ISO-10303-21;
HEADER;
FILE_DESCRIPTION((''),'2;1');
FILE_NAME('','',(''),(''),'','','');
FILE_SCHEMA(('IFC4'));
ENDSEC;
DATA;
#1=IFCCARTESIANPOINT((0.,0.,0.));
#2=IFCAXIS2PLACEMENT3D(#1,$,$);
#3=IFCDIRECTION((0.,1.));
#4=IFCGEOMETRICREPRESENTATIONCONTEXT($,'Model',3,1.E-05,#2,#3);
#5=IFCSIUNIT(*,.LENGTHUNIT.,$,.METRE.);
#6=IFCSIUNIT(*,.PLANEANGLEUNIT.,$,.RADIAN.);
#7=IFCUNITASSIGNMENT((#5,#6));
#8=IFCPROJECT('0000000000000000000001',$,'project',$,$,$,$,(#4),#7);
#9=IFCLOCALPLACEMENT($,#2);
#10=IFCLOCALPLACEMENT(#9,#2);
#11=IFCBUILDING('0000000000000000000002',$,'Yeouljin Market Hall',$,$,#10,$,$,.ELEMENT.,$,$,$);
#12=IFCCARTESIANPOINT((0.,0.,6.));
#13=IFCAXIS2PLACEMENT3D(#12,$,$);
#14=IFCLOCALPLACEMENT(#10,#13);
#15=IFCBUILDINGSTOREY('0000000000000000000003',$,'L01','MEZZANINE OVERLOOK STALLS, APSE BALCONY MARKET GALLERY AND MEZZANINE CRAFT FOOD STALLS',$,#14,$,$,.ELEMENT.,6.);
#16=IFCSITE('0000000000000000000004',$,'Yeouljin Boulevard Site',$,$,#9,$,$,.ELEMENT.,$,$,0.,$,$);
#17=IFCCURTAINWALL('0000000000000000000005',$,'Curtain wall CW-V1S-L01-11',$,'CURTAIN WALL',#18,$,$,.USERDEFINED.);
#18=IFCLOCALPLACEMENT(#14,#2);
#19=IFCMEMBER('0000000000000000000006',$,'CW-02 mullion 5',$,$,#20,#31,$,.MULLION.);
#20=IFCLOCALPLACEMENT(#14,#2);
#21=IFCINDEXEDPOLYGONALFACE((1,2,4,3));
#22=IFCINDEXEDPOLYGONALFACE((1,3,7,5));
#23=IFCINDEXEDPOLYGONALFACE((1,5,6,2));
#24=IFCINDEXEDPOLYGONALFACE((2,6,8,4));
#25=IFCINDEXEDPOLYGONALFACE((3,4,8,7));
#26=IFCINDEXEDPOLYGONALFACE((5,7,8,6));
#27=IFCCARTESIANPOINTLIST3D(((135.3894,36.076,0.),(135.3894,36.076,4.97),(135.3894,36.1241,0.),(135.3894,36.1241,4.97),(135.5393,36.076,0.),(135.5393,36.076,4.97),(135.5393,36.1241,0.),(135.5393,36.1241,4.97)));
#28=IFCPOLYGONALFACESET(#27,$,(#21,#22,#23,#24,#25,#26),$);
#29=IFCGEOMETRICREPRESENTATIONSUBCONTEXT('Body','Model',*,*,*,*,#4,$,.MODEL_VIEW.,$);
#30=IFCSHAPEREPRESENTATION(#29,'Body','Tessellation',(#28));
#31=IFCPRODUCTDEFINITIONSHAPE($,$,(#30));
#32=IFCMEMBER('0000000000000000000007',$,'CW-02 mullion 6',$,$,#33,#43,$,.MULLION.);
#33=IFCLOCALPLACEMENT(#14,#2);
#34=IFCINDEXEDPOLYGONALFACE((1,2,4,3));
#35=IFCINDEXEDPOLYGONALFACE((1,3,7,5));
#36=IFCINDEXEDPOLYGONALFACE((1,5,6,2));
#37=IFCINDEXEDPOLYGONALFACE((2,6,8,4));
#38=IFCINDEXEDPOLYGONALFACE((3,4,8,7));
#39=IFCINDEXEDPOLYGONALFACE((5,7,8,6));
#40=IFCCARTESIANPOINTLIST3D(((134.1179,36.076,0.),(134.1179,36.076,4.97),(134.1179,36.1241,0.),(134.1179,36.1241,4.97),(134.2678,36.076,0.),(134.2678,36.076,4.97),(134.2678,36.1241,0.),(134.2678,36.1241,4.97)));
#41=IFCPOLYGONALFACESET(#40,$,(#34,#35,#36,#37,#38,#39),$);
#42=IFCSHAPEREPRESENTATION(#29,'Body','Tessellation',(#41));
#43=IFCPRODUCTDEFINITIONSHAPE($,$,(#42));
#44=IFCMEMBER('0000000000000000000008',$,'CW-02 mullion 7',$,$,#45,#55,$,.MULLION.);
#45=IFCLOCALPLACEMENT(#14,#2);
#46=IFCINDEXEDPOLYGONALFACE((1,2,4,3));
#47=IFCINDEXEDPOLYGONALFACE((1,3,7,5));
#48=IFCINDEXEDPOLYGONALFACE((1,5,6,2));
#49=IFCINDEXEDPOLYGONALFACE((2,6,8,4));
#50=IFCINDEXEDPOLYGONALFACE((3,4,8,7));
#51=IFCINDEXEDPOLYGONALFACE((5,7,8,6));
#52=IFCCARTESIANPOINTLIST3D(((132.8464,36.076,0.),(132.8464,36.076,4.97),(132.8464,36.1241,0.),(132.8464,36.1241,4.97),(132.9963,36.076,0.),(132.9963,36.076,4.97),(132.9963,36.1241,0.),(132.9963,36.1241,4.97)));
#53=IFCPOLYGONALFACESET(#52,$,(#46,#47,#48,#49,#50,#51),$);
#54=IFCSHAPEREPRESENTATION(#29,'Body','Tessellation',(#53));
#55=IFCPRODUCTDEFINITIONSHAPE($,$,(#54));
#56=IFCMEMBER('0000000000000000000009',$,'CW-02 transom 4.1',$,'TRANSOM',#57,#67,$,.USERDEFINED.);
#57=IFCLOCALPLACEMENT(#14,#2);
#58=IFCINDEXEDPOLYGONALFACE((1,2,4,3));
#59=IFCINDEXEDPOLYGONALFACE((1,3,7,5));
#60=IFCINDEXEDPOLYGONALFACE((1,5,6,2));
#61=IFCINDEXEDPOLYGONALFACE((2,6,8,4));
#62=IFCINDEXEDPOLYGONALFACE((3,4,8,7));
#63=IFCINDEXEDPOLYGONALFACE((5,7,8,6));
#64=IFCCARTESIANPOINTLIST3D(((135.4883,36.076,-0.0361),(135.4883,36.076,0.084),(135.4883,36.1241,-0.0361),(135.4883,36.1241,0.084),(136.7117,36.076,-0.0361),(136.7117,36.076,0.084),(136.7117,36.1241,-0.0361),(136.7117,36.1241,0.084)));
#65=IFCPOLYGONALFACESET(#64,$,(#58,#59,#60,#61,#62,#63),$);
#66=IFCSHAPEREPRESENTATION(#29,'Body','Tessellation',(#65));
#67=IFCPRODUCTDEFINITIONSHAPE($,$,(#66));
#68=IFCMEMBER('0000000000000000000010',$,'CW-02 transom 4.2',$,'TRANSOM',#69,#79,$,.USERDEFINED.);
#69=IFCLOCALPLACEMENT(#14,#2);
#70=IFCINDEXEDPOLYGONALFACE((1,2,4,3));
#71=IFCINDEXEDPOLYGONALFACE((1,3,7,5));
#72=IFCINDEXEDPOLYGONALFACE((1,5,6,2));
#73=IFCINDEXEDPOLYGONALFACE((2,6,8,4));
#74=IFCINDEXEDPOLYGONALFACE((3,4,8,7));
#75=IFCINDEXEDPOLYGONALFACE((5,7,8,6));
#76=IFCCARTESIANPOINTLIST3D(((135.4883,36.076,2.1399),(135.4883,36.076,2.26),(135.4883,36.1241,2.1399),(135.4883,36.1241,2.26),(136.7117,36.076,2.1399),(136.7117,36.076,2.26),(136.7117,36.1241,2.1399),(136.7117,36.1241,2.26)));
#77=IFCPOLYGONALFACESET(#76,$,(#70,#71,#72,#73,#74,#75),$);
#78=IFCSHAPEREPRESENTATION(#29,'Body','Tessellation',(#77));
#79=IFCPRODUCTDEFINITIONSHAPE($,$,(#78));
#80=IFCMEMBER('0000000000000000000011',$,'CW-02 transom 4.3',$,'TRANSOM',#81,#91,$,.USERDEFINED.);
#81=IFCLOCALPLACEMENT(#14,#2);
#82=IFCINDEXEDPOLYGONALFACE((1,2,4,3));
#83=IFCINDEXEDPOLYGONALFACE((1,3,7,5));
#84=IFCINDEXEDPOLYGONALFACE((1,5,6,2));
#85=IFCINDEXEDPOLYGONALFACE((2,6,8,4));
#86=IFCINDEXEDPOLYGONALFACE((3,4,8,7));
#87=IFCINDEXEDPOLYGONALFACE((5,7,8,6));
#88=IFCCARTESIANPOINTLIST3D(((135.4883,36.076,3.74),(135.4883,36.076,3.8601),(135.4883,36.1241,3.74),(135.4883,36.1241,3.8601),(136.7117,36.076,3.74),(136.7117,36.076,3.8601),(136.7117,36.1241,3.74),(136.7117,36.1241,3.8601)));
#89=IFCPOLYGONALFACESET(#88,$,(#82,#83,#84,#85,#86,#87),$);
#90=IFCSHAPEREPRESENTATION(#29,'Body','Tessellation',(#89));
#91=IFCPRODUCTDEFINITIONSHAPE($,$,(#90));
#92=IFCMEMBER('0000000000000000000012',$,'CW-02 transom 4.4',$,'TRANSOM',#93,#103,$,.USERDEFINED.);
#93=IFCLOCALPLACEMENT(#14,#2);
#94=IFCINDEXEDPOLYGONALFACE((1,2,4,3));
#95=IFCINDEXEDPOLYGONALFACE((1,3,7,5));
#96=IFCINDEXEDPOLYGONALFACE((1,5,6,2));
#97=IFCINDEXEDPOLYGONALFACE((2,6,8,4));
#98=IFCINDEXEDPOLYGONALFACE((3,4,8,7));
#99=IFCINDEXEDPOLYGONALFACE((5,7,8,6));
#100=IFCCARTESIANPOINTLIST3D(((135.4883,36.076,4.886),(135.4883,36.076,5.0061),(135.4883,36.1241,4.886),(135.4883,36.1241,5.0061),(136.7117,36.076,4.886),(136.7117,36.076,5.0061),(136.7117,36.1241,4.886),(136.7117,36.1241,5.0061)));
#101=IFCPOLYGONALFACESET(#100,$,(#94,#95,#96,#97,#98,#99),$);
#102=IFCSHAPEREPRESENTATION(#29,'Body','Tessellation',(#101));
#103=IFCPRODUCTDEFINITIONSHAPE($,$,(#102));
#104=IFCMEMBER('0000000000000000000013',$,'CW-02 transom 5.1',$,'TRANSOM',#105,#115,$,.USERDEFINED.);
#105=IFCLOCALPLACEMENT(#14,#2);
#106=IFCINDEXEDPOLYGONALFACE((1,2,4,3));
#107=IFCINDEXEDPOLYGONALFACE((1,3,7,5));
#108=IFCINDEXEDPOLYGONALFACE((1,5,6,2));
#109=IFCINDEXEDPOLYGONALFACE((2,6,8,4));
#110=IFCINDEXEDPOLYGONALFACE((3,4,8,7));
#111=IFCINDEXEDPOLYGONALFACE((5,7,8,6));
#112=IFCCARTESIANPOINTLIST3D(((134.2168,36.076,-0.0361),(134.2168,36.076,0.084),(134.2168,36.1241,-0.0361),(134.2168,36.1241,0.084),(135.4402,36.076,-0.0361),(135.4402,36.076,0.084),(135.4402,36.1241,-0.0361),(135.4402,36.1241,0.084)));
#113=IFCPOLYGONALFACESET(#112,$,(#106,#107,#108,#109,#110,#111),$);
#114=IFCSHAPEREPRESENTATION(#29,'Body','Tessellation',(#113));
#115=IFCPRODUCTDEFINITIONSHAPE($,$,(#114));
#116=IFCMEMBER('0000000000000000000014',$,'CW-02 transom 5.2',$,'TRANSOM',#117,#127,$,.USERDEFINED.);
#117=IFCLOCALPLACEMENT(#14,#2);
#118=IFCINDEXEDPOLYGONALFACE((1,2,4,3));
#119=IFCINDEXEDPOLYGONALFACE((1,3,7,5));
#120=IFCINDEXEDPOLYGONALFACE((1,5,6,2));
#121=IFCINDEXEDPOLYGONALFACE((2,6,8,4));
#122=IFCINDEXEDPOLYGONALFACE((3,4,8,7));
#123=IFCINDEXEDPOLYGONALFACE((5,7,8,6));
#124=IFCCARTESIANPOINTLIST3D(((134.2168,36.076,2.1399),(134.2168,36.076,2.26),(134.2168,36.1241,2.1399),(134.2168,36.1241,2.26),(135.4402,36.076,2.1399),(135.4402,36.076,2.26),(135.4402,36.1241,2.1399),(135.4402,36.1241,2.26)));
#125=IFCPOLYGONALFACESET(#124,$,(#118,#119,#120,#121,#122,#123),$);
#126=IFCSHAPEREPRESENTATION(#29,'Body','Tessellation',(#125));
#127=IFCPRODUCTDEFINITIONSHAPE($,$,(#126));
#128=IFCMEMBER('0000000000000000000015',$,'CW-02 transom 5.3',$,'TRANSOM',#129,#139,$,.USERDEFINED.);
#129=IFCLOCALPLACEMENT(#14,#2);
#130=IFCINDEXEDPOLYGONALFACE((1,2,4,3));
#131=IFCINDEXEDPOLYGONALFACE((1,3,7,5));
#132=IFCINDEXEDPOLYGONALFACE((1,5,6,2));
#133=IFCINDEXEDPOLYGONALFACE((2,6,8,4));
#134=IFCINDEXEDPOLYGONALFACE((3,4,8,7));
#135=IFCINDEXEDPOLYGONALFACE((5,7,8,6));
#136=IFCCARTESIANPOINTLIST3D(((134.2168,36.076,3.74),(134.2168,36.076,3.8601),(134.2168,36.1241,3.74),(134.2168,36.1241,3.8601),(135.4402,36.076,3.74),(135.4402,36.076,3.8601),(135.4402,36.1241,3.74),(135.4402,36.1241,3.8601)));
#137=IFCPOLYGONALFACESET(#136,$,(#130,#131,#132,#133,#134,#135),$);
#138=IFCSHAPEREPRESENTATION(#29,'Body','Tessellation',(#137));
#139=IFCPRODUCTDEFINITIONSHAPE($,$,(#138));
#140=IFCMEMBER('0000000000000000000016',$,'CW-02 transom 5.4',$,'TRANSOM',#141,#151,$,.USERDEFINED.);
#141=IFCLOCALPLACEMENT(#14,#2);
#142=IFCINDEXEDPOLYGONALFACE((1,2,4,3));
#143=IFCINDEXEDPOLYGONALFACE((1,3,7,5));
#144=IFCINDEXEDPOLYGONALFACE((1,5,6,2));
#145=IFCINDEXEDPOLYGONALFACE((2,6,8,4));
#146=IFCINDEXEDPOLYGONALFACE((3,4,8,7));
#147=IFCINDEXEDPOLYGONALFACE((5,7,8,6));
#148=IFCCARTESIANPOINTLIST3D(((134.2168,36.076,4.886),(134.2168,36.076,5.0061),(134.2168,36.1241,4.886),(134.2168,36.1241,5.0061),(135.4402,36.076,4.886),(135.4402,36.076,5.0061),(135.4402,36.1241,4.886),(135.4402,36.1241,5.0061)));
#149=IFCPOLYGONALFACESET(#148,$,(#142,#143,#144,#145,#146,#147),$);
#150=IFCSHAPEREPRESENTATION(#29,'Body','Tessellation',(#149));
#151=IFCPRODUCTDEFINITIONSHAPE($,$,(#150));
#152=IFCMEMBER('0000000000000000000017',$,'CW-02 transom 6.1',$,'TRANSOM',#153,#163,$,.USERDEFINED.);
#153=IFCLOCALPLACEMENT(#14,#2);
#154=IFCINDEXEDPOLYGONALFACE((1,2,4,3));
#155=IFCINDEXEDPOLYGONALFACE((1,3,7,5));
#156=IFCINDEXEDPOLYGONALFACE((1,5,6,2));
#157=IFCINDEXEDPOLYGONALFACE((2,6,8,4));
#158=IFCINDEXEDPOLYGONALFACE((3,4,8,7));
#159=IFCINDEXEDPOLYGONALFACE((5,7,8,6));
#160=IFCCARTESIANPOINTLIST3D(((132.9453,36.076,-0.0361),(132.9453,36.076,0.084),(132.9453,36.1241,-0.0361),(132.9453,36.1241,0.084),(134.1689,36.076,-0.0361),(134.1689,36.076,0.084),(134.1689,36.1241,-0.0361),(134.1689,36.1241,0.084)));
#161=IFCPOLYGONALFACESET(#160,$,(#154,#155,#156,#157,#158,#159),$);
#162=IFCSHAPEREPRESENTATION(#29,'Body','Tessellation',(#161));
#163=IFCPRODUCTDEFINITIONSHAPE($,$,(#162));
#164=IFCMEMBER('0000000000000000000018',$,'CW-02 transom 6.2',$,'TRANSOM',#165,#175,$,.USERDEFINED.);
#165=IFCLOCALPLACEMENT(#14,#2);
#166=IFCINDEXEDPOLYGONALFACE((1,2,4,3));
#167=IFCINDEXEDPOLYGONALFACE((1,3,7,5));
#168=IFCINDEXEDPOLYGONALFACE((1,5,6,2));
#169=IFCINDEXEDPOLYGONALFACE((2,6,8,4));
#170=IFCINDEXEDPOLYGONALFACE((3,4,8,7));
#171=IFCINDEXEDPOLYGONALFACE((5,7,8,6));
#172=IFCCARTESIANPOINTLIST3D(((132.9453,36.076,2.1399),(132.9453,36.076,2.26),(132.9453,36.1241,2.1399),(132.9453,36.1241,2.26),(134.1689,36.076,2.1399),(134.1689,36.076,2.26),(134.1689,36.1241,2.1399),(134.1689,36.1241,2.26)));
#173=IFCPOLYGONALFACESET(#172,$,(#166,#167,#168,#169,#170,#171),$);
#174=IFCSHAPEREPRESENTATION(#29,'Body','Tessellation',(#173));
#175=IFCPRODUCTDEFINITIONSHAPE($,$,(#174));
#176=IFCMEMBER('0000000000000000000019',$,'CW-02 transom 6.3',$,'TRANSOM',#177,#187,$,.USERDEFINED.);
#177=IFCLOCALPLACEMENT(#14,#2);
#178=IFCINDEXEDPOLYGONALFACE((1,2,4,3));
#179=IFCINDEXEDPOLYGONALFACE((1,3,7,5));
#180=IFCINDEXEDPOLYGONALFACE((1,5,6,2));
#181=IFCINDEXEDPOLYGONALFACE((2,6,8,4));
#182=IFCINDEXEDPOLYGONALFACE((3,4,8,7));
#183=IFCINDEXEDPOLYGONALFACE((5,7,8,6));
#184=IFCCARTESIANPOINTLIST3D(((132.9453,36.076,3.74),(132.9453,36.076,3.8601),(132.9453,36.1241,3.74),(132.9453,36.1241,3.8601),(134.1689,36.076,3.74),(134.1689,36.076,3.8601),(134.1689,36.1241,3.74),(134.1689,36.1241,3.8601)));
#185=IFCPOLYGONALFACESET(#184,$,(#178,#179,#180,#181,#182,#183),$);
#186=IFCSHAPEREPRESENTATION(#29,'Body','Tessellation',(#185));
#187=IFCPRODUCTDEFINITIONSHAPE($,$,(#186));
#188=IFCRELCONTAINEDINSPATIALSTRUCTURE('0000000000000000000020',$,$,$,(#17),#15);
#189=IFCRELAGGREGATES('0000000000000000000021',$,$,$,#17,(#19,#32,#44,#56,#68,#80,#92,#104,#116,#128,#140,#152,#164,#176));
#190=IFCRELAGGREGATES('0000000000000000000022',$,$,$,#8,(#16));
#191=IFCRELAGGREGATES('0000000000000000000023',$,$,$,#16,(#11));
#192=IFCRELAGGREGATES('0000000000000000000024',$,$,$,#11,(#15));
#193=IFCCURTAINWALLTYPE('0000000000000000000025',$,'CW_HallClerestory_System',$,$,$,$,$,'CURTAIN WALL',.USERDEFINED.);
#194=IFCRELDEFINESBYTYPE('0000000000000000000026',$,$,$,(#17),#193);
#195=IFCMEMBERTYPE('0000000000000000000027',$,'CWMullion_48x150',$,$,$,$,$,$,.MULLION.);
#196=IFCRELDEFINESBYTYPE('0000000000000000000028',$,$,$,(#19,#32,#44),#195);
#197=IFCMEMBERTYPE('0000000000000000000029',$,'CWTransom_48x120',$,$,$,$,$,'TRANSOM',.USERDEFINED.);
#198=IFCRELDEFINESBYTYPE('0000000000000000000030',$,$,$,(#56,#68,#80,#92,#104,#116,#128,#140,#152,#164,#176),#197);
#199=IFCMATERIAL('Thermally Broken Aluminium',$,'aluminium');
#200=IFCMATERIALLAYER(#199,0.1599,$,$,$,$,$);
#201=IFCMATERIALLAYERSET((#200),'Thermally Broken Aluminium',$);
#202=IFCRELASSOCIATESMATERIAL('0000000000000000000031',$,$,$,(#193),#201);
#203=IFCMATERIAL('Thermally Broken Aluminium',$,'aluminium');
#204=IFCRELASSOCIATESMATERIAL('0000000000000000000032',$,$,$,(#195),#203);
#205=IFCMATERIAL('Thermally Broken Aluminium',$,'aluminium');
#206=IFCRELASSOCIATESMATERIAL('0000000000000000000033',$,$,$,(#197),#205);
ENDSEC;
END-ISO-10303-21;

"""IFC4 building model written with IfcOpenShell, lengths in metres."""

from ifc_helpers import new_model, si_unit, direction, frame, origin, origin_2d, place, context, subcontext, project, spatial, rectangle, extrude, material, layer, layer_set, material_profile, profile_set, type_object, element, aggregate, save


model = new_model("IFC4")

# Units and contexts
model_context = context("Model", 3, precision=1e-05, world=origin(), true_north=direction((0.0, 1.0)))
body_context = subcontext(model_context, "Body", "Model", "MODEL_VIEW")
ifc_project = project(units=[si_unit("LENGTHUNIT", "METRE"), si_unit("PLANEANGLEUNIT", "RADIAN")], contexts=[model_context])

# Site, building, storey
site_placement = place(None, origin())
site = spatial("IfcSite", under=ifc_project, at=site_placement, Name="Yeouljin Boulevard Site", CompositionType="ELEMENT", RefElevation=0.0)
building_placement = place(site_placement, origin())
building = spatial("IfcBuilding", under=site, at=building_placement, Name="Yeouljin Market Hall", CompositionType="ELEMENT")
storey_placement = place(building_placement, frame((0.0, 0.0, 6.0)))
storey = spatial("IfcBuildingStorey", under=building, at=storey_placement, Name="L01", Description="MEZZANINE OVERLOOK STALLS, APSE BALCONY MARKET GALLERY AND MEZZANINE CRAFT FOOD STALLS", CompositionType="ELEMENT", Elevation=6.0)

# Curtain wall, members
ifc_material_1 = material(Name="Thermally Broken Aluminium", Category="aluminium")
ifc_layer_1 = layer(ifc_material_1, 0.1599)
ifc_layer_set_1 = layer_set([ifc_layer_1], Name="Thermally Broken Aluminium")
curtain_wall_type = type_object("IfcCurtainWallType", Name="CW_HallClerestory_System", ElementType="CURTAIN WALL", PredefinedType="USERDEFINED", material=ifc_layer_set_1)
curtain_wall_placement = place(storey_placement, origin())
curtain_wall = element("IfcCurtainWall", 1, at=curtain_wall_placement, inside=storey, type_object=curtain_wall_type, Name="Curtain wall CW-V1S-L01-11", ObjectType="CURTAIN WALL", PredefinedType="USERDEFINED")
ifc_material_2 = material(Name="Thermally Broken Aluminium", Category="aluminium")
ifc_material_profile_1 = material_profile(ifc_material_2, rectangle(XDim=0.0481, YDim=0.1499, at=origin_2d()), Name="CW-MULL-48x150")
ifc_profile_set_1 = profile_set([ifc_material_profile_1], Name="Thermally Broken Aluminium")
member_type_1 = type_object("IfcMemberType", Name="CWMullion_48x150", PredefinedType="MULLION", material=ifc_profile_set_1)
member_1_placement = place(storey_placement, frame((135.4644, 36.1001, 0.0), z_axis=(0.0, 0.0, 1.0), x_axis=(0.0, -1.0, 0.0)))
member_1 = element("IfcMember", 2, at=member_1_placement, type_object=member_type_1, Name="CW-02 mullion 5", PredefinedType="MULLION", context=body_context, shape_type="SweptSolid", body=[
    extrude(rectangle(XDim=0.0481, YDim=0.1499, at=origin_2d()), origin(), (0.0, 0.0, 1.0), 4.97),
])
member_2_placement = place(storey_placement, frame((134.1929, 36.1001, 0.0), z_axis=(0.0, 0.0, 1.0), x_axis=(0.0, -1.0, 0.0)))
member_2 = element("IfcMember", 3, at=member_2_placement, type_object=member_type_1, Name="CW-02 mullion 6", PredefinedType="MULLION", context=body_context, shape_type="SweptSolid", body=[
    extrude(rectangle(XDim=0.0481, YDim=0.1499, at=origin_2d()), origin(), (0.0, 0.0, 1.0), 4.97),
])
member_3_placement = place(storey_placement, frame((132.9214, 36.1001, 0.0), z_axis=(0.0, 0.0, 1.0), x_axis=(0.0, -1.0, 0.0)))
member_3 = element("IfcMember", 4, at=member_3_placement, type_object=member_type_1, Name="CW-02 mullion 7", PredefinedType="MULLION", context=body_context, shape_type="SweptSolid", body=[
    extrude(rectangle(XDim=0.0481, YDim=0.1499, at=origin_2d()), origin(), (0.0, 0.0, 1.0), 4.97),
])
ifc_material_3 = material(Name="Thermally Broken Aluminium", Category="aluminium")
ifc_material_profile_2 = material_profile(ifc_material_3, rectangle(XDim=0.0481, YDim=0.1201, at=origin_2d()), Name="CW-TRAN-48x120")
ifc_profile_set_2 = profile_set([ifc_material_profile_2], Name="Thermally Broken Aluminium")
member_type_2 = type_object("IfcMemberType", Name="CWTransom_48x120", ElementType="TRANSOM", PredefinedType="USERDEFINED", material=ifc_profile_set_2)
member_4_placement = place(storey_placement, frame((136.7117, 36.1001, 0.0239), z_axis=(-1.0, 0.0, 0.0), x_axis=(0.0, -1.0, 0.0)))
member_4 = element("IfcMember", 5, at=member_4_placement, type_object=member_type_2, Name="CW-02 transom 4.1", ObjectType="TRANSOM", PredefinedType="USERDEFINED", context=body_context, shape_type="SweptSolid", body=[
    extrude(rectangle(XDim=0.0481, YDim=0.1201, at=origin_2d()), origin(), (0.0, 0.0, 1.0), 1.2234),
])
member_5_placement = place(storey_placement, frame((136.7117, 36.1001, 2.2), z_axis=(-1.0, 0.0, 0.0), x_axis=(0.0, -1.0, 0.0)))
member_5 = element("IfcMember", 6, at=member_5_placement, type_object=member_type_2, Name="CW-02 transom 4.2", ObjectType="TRANSOM", PredefinedType="USERDEFINED", context=body_context, shape_type="SweptSolid", body=[
    extrude(rectangle(XDim=0.0481, YDim=0.1201, at=origin_2d()), origin(), (0.0, 0.0, 1.0), 1.2234),
])
member_6_placement = place(storey_placement, frame((136.7117, 36.1001, 3.8), z_axis=(-1.0, 0.0, 0.0), x_axis=(0.0, -1.0, 0.0)))
member_6 = element("IfcMember", 7, at=member_6_placement, type_object=member_type_2, Name="CW-02 transom 4.3", ObjectType="TRANSOM", PredefinedType="USERDEFINED", context=body_context, shape_type="SweptSolid", body=[
    extrude(rectangle(XDim=0.0481, YDim=0.1201, at=origin_2d()), origin(), (0.0, 0.0, 1.0), 1.2234),
])
member_7_placement = place(storey_placement, frame((136.7117, 36.1001, 4.946), z_axis=(-1.0, 0.0, 0.0), x_axis=(0.0, -1.0, 0.0)))
member_7 = element("IfcMember", 8, at=member_7_placement, type_object=member_type_2, Name="CW-02 transom 4.4", ObjectType="TRANSOM", PredefinedType="USERDEFINED", context=body_context, shape_type="SweptSolid", body=[
    extrude(rectangle(XDim=0.0481, YDim=0.1201, at=origin_2d()), origin(), (0.0, 0.0, 1.0), 1.2234),
])
member_8_placement = place(storey_placement, frame((135.4402, 36.1001, 0.0239), z_axis=(-1.0, 0.0, 0.0), x_axis=(0.0, -1.0, 0.0)))
member_8 = element("IfcMember", 9, at=member_8_placement, type_object=member_type_2, Name="CW-02 transom 5.1", ObjectType="TRANSOM", PredefinedType="USERDEFINED", context=body_context, shape_type="SweptSolid", body=[
    extrude(rectangle(XDim=0.0481, YDim=0.1201, at=origin_2d()), origin(), (0.0, 0.0, 1.0), 1.2234),
])
member_9_placement = place(storey_placement, frame((135.4402, 36.1001, 2.2), z_axis=(-1.0, 0.0, 0.0), x_axis=(0.0, -1.0, 0.0)))
member_9 = element("IfcMember", 10, at=member_9_placement, type_object=member_type_2, Name="CW-02 transom 5.2", ObjectType="TRANSOM", PredefinedType="USERDEFINED", context=body_context, shape_type="SweptSolid", body=[
    extrude(rectangle(XDim=0.0481, YDim=0.1201, at=origin_2d()), origin(), (0.0, 0.0, 1.0), 1.2234),
])
member_10_placement = place(storey_placement, frame((135.4402, 36.1001, 3.8), z_axis=(-1.0, 0.0, 0.0), x_axis=(0.0, -1.0, 0.0)))
member_10 = element("IfcMember", 11, at=member_10_placement, type_object=member_type_2, Name="CW-02 transom 5.3", ObjectType="TRANSOM", PredefinedType="USERDEFINED", context=body_context, shape_type="SweptSolid", body=[
    extrude(rectangle(XDim=0.0481, YDim=0.1201, at=origin_2d()), origin(), (0.0, 0.0, 1.0), 1.2234),
])
member_11_placement = place(storey_placement, frame((135.4402, 36.1001, 4.946), z_axis=(-1.0, 0.0, 0.0), x_axis=(0.0, -1.0, 0.0)))
member_11 = element("IfcMember", 12, at=member_11_placement, type_object=member_type_2, Name="CW-02 transom 5.4", ObjectType="TRANSOM", PredefinedType="USERDEFINED", context=body_context, shape_type="SweptSolid", body=[
    extrude(rectangle(XDim=0.0481, YDim=0.1201, at=origin_2d()), origin(), (0.0, 0.0, 1.0), 1.2234),
])
member_12_placement = place(storey_placement, frame((134.1689, 36.1001, 0.0239), z_axis=(-1.0, 0.0, 0.0), x_axis=(0.0, -1.0, 0.0)))
member_12 = element("IfcMember", 13, at=member_12_placement, type_object=member_type_2, Name="CW-02 transom 6.1", ObjectType="TRANSOM", PredefinedType="USERDEFINED", context=body_context, shape_type="SweptSolid", body=[
    extrude(rectangle(XDim=0.0481, YDim=0.1201, at=origin_2d()), origin(), (0.0, 0.0, 1.0), 1.2236),
])
member_13_placement = place(storey_placement, frame((134.1689, 36.1001, 2.2), z_axis=(-1.0, 0.0, 0.0), x_axis=(0.0, -1.0, 0.0)))
member_13 = element("IfcMember", 14, at=member_13_placement, type_object=member_type_2, Name="CW-02 transom 6.2", ObjectType="TRANSOM", PredefinedType="USERDEFINED", context=body_context, shape_type="SweptSolid", body=[
    extrude(rectangle(XDim=0.0481, YDim=0.1201, at=origin_2d()), origin(), (0.0, 0.0, 1.0), 1.2236),
])
member_14_placement = place(storey_placement, frame((134.1689, 36.1001, 3.8), z_axis=(-1.0, 0.0, 0.0), x_axis=(0.0, -1.0, 0.0)))
member_14 = element("IfcMember", 15, at=member_14_placement, type_object=member_type_2, Name="CW-02 transom 6.3", ObjectType="TRANSOM", PredefinedType="USERDEFINED", context=body_context, shape_type="SweptSolid", body=[
    extrude(rectangle(XDim=0.0481, YDim=0.1201, at=origin_2d()), origin(), (0.0, 0.0, 1.0), 1.2236),
])

aggregate(curtain_wall, [member_1, member_2, member_3, member_4, member_5, member_6, member_7, member_8, member_9, member_10, member_11, member_12, member_13, member_14])

save(model, "model.ifc")
